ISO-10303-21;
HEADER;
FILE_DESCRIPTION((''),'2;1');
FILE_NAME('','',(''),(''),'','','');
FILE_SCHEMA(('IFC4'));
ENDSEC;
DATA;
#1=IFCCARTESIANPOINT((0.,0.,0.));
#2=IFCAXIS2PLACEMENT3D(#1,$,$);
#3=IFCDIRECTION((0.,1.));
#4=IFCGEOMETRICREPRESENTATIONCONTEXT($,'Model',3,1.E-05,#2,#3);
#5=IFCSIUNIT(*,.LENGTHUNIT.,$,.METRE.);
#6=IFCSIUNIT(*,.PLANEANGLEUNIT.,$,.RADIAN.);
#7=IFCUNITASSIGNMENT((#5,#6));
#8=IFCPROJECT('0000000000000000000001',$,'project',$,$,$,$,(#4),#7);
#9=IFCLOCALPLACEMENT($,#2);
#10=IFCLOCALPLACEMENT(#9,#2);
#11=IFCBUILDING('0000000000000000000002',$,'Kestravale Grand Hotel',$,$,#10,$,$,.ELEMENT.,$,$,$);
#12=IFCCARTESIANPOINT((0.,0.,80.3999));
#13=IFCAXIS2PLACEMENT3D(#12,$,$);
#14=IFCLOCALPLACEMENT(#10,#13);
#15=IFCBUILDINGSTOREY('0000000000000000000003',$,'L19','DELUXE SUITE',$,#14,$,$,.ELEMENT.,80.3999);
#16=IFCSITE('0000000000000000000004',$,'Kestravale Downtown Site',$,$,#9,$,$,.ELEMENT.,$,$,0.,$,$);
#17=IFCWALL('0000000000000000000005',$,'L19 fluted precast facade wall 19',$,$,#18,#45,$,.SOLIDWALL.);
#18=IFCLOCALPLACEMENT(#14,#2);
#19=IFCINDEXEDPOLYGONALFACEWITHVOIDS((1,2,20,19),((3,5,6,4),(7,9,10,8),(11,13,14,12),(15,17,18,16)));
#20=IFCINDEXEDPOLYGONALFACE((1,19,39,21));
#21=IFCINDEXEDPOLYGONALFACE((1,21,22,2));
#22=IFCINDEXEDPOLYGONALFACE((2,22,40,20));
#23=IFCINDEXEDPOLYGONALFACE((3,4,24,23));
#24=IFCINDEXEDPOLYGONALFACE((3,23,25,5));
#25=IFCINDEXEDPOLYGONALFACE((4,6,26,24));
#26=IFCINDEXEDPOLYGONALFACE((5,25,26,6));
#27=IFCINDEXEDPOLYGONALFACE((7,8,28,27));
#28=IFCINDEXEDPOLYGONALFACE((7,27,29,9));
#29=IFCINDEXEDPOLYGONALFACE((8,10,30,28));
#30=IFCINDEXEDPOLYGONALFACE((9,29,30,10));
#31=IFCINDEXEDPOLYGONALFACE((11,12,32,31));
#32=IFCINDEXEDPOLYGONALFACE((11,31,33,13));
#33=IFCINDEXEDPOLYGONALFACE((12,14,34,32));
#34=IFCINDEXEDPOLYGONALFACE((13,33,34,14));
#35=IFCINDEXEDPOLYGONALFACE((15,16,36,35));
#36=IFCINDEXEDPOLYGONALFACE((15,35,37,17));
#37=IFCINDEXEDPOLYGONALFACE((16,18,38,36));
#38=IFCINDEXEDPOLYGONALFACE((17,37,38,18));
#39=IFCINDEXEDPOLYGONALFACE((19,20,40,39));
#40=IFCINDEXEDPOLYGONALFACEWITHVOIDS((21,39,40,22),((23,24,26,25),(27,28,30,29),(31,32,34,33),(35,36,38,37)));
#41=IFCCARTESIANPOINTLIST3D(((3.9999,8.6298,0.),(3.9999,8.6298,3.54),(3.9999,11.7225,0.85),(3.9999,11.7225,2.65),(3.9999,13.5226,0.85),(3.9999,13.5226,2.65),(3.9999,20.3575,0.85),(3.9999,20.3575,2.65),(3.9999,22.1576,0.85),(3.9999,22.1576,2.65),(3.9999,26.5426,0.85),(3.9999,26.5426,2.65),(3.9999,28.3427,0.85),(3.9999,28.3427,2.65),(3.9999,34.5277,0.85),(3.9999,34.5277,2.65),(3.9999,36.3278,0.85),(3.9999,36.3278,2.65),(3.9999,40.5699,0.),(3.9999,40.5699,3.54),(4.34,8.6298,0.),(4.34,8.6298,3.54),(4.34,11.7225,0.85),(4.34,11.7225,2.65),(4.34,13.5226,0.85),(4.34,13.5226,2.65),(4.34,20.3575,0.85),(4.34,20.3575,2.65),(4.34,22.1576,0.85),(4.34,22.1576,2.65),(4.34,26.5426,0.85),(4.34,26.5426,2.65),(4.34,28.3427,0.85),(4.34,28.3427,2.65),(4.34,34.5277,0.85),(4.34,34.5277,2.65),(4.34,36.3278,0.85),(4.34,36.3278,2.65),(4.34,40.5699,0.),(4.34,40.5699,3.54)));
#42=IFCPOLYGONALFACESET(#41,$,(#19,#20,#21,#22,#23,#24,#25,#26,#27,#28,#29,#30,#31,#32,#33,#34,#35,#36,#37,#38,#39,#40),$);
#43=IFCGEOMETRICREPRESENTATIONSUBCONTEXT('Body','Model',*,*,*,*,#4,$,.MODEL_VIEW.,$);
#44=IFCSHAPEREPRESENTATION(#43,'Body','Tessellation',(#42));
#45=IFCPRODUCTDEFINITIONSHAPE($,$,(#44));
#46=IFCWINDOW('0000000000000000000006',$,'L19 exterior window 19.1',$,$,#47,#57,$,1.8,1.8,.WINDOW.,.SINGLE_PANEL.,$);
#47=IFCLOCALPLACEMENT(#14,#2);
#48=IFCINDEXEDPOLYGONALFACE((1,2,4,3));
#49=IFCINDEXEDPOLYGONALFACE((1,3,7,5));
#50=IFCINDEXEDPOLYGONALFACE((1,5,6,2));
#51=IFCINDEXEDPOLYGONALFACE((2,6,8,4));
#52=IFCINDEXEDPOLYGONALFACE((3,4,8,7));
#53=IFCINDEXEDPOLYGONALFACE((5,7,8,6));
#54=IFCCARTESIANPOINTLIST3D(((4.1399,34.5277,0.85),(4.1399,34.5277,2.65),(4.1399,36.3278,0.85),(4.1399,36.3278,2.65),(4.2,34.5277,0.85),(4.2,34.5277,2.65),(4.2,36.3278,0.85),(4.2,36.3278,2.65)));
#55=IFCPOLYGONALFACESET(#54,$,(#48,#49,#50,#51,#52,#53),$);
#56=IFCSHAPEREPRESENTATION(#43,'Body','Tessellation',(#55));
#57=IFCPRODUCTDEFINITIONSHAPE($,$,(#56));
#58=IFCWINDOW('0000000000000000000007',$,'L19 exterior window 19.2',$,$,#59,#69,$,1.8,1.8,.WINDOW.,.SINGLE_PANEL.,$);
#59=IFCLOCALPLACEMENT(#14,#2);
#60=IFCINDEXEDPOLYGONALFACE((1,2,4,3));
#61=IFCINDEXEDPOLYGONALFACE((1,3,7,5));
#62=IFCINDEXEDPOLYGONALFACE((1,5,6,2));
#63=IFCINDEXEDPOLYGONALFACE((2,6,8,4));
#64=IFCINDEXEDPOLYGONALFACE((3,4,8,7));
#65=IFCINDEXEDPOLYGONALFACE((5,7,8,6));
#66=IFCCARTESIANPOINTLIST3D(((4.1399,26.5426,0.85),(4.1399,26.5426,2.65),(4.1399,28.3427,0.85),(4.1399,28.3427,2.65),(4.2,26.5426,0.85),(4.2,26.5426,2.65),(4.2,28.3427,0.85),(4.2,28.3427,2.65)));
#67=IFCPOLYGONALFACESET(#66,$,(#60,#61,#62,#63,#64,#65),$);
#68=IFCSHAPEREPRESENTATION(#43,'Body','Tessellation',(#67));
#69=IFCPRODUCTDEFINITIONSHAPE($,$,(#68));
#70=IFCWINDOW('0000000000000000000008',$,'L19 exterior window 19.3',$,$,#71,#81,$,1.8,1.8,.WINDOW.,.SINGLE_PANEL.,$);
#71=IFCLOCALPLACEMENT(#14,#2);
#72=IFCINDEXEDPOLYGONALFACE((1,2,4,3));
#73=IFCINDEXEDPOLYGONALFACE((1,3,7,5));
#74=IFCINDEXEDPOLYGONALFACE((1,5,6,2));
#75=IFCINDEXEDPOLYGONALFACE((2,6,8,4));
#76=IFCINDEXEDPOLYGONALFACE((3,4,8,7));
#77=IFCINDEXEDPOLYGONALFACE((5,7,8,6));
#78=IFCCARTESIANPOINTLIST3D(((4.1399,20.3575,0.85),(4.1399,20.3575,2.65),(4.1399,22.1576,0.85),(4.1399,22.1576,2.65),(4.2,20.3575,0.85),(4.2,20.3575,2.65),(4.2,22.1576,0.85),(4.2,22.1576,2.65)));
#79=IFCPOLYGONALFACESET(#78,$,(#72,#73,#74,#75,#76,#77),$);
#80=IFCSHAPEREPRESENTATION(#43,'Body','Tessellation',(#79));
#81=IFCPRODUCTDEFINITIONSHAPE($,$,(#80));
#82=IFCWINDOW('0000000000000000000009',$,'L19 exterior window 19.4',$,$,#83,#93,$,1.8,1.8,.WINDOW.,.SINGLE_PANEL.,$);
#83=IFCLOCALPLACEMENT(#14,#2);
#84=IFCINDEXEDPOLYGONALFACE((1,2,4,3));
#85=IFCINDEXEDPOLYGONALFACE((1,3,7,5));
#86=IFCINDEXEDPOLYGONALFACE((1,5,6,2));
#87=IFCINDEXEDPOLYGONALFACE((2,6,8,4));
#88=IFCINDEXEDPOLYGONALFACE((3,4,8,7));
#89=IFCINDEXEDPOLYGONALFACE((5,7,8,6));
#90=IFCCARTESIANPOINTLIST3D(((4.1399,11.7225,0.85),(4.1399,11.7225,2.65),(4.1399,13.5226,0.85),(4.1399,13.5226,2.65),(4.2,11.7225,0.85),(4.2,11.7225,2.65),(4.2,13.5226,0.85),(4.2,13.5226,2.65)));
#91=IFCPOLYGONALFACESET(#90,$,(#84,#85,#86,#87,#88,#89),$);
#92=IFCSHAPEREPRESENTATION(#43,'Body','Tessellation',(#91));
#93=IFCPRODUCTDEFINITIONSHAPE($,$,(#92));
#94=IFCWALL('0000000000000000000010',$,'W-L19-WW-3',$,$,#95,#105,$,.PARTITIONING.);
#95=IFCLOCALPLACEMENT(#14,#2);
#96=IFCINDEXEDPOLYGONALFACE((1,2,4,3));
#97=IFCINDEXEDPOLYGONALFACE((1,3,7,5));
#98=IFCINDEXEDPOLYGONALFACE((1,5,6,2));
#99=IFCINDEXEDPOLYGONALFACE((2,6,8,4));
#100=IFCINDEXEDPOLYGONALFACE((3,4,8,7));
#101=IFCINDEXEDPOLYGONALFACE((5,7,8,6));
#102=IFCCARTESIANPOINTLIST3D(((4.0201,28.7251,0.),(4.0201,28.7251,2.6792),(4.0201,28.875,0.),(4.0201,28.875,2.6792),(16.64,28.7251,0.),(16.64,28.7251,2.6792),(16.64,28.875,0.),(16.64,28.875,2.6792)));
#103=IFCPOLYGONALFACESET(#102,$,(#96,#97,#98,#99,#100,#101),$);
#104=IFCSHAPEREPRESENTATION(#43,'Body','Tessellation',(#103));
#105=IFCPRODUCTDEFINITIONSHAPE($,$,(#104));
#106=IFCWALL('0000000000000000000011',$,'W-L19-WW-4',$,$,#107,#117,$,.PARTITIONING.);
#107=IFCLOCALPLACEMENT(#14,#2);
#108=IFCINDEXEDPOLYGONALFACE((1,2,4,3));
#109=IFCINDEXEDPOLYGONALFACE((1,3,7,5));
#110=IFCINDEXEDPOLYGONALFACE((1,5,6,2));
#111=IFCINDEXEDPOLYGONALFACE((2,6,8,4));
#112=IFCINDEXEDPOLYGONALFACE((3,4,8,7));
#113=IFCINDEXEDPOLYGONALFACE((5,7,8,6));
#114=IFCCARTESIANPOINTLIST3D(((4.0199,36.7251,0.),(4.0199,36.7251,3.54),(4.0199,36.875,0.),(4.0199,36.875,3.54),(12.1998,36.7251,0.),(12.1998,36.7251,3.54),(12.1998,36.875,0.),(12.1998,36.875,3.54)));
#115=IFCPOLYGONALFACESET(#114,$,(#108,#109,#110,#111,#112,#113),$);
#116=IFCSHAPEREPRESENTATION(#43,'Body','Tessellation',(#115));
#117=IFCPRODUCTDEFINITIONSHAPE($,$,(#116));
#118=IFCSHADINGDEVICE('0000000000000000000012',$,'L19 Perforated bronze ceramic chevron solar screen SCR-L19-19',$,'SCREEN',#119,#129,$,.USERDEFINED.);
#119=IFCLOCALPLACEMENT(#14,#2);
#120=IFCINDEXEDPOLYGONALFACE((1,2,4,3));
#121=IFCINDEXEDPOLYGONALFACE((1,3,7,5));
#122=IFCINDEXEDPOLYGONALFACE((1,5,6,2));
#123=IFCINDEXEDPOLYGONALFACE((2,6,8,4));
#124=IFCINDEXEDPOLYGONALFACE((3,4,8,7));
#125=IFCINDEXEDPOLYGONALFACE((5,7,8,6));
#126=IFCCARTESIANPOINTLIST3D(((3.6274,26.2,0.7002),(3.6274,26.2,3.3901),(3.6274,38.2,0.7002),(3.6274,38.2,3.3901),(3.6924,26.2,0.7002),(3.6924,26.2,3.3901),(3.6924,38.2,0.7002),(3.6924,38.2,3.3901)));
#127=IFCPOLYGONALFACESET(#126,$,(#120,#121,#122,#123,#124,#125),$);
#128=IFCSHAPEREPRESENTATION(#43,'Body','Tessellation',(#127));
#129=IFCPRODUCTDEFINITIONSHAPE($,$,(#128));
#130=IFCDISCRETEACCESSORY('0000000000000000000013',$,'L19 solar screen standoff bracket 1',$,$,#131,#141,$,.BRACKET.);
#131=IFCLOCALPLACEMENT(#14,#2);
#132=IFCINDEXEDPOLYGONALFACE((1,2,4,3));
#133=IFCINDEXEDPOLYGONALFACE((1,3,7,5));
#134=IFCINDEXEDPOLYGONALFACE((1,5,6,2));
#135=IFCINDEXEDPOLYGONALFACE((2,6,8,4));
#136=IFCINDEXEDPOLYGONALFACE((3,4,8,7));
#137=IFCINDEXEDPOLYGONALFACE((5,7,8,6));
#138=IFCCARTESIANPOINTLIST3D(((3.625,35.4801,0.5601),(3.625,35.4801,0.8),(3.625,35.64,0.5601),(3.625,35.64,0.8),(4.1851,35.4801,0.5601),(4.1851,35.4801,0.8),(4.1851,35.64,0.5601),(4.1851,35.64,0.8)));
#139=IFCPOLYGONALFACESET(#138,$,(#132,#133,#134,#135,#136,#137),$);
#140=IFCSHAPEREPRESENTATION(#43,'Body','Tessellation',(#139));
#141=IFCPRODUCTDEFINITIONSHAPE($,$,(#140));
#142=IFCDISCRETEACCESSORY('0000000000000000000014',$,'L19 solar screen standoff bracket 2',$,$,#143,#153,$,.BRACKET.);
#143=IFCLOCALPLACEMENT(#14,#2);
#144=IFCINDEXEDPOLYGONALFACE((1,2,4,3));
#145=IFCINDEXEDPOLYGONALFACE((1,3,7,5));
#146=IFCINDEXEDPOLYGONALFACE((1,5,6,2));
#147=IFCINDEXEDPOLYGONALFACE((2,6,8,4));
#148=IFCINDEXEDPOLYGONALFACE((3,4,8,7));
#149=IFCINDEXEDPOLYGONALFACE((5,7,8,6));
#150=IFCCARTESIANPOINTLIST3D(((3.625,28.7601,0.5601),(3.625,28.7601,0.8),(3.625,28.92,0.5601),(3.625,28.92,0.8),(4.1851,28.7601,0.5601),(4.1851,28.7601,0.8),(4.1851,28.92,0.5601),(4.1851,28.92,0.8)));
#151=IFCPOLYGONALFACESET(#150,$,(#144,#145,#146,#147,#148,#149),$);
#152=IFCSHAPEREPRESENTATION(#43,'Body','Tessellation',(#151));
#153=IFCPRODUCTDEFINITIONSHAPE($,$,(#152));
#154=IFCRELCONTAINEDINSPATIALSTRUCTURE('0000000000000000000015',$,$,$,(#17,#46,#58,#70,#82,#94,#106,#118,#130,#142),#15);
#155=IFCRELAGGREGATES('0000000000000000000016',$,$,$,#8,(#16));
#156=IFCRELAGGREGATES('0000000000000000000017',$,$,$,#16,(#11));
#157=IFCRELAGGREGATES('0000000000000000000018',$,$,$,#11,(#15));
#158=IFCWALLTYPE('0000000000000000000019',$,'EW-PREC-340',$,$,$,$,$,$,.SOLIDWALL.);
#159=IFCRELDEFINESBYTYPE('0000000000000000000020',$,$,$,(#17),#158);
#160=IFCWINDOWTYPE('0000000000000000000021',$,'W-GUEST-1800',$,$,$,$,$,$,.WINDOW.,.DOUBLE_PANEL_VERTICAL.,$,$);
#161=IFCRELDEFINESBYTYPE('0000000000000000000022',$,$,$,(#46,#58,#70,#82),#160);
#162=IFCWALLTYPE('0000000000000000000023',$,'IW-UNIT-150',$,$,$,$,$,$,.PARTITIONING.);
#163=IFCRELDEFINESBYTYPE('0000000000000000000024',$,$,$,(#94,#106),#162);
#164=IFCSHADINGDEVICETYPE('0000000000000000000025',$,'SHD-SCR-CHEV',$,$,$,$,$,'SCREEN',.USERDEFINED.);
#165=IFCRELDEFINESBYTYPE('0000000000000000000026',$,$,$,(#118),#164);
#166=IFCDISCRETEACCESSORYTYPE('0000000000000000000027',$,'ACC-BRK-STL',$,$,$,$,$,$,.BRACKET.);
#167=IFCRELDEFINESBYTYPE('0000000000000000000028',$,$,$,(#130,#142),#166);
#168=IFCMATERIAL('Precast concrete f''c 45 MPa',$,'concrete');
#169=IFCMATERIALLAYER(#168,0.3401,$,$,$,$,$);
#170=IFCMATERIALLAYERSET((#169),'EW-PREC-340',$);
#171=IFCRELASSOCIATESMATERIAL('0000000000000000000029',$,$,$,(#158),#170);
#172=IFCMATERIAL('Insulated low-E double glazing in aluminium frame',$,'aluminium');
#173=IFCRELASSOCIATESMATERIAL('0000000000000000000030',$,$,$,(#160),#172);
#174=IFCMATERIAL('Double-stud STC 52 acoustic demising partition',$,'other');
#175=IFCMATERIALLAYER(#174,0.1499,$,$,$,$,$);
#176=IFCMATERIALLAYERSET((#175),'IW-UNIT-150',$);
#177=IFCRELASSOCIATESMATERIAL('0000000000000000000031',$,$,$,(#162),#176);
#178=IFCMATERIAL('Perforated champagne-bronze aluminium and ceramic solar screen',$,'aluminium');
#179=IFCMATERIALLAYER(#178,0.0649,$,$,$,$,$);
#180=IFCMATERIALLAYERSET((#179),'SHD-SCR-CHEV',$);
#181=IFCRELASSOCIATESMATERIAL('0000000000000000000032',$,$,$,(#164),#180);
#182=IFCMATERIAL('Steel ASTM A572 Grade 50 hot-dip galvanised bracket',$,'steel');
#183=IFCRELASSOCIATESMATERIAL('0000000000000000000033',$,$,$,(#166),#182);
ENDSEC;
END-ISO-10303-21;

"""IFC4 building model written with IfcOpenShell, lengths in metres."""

from ifc_helpers import new_model, si_unit, direction, frame, frame_2d, origin, origin_2d, place, context, subcontext, project, spatial, rectangle, extrude, material, layer, layer_set, type_object, element, fill, save


model = new_model("IFC4")

# Units and contexts
model_context = context("Model", 3, precision=1e-05, world=origin(), true_north=direction((0.0, 1.0)))
body_context = subcontext(model_context, "Body", "Model", "MODEL_VIEW")
ifc_project = project(units=[si_unit("LENGTHUNIT", "METRE"), si_unit("PLANEANGLEUNIT", "RADIAN")], contexts=[model_context])

# Site, building, storey
site_placement = place(None, origin())
site = spatial("IfcSite", under=ifc_project, at=site_placement, Name="Kestravale Downtown Site", CompositionType="ELEMENT", RefElevation=0.0)
building_placement = place(site_placement, origin())
building = spatial("IfcBuilding", under=site, at=building_placement, Name="Kestravale Grand Hotel", CompositionType="ELEMENT")
storey_placement = place(building_placement, frame((0.0, 0.0, 80.3999)))
storey = spatial("IfcBuildingStorey", under=building, at=storey_placement, Name="L19", Description="DELUXE SUITE", CompositionType="ELEMENT", Elevation=80.3999)

# Wall, openings, windows
ifc_material_1 = material(Name="Precast concrete f'c 45 MPa", Category="concrete")
ifc_layer_1 = layer(ifc_material_1, 0.3401)
ifc_layer_set_1 = layer_set([ifc_layer_1], Name="EW-PREC-340")
wall_type_1 = type_object("IfcWallType", Name="EW-PREC-340", PredefinedType="SOLIDWALL", material=ifc_layer_set_1)
wall_1_placement = place(storey_placement, frame((4.1699, 40.5701, 0.0), z_axis=(0.0, 0.0, 1.0), x_axis=(0.0, -1.0, 0.0)))
wall_1 = element("IfcWall", 1, at=wall_1_placement, inside=storey, type_object=wall_type_1, Name="L19 fluted precast facade wall 19", PredefinedType="SOLIDWALL", context=body_context, shape_type="SweptSolid", body=[
    extrude(rectangle(XDim=31.9402, YDim=0.3401, at=frame_2d((15.9702, 0.0))), origin(), (0.0, 0.0, 1.0), 3.54),
])
opening_1_placement = place(wall_1_placement, frame((4.2424, 0.0, 0.8501)))
opening_1 = element("IfcOpeningElement", 2, at=opening_1_placement, cuts=wall_1, PredefinedType="OPENING", context=body_context, shape_type="SweptSolid", body=[
    extrude(rectangle(XDim=1.8, YDim=1.8, at=frame_2d((0.8999, 0.8999))), frame((0.0, 0.1799, 0.0), z_axis=(0.0, -1.0, 0.0), x_axis=(1.0, 0.0, 0.0)), (0.0, 0.0, 1.0), 0.3601),
])
opening_2_placement = place(wall_1_placement, frame((12.2275, 0.0, 0.8501)))
opening_2 = element("IfcOpeningElement", 3, at=opening_2_placement, cuts=wall_1, PredefinedType="OPENING", context=body_context, shape_type="SweptSolid", body=[
    extrude(rectangle(XDim=1.8, YDim=1.8, at=frame_2d((0.8999, 0.8999))), frame((0.0, 0.1799, 0.0), z_axis=(0.0, -1.0, 0.0), x_axis=(1.0, 0.0, 0.0)), (0.0, 0.0, 1.0), 0.3601),
])
opening_3_placement = place(wall_1_placement, frame((18.4126, 0.0, 0.8501)))
opening_3 = element("IfcOpeningElement", 4, at=opening_3_placement, cuts=wall_1, PredefinedType="OPENING", context=body_context, shape_type="SweptSolid", body=[
    extrude(rectangle(XDim=1.8, YDim=1.8, at=frame_2d((0.8999, 0.8999))), frame((0.0, 0.1799, 0.0), z_axis=(0.0, -1.0, 0.0), x_axis=(1.0, 0.0, 0.0)), (0.0, 0.0, 1.0), 0.3601),
])
opening_4_placement = place(wall_1_placement, frame((27.0476, 0.0, 0.8501)))
opening_4 = element("IfcOpeningElement", 5, at=opening_4_placement, cuts=wall_1, PredefinedType="OPENING", context=body_context, shape_type="SweptSolid", body=[
    extrude(rectangle(XDim=1.8, YDim=1.8, at=frame_2d((0.8999, 0.8999))), frame((0.0, 0.1799, 0.0), z_axis=(0.0, -1.0, 0.0), x_axis=(1.0, 0.0, 0.0)), (0.0, 0.0, 1.0), 0.3601),
])
ifc_material_2 = material(Name="Insulated low-E double glazing in aluminium frame", Category="aluminium")
window_type = type_object("IfcWindowType", Name="W-GUEST-1800", PartitioningType="DOUBLE_PANEL_VERTICAL", PredefinedType="WINDOW", material=ifc_material_2)
window_1_placement = place(opening_1_placement, origin())
window_1 = element("IfcWindow", 6, at=window_1_placement, inside=storey, type_object=window_type, Name="L19 exterior window 19.1", OverallHeight=1.8, OverallWidth=1.8, PartitioningType="SINGLE_PANEL", PredefinedType="WINDOW", context=body_context, shape_type="SweptSolid", body=[
    extrude(rectangle(XDim=1.8, YDim=1.8, at=frame_2d((0.8999, 0.8999))), frame((0.0, 0.03, 0.0), z_axis=(0.0, -1.0, 0.0), x_axis=(1.0, 0.0, 0.0)), (0.0, 0.0, 1.0), 0.0601),
])
fill(opening_1, window_1)
window_2_placement = place(opening_2_placement, origin())
window_2 = element("IfcWindow", 7, at=window_2_placement, inside=storey, type_object=window_type, Name="L19 exterior window 19.2", OverallHeight=1.8, OverallWidth=1.8, PartitioningType="SINGLE_PANEL", PredefinedType="WINDOW", context=body_context, shape_type="SweptSolid", body=[
    extrude(rectangle(XDim=1.8, YDim=1.8, at=frame_2d((0.8999, 0.8999))), frame((0.0, 0.03, 0.0), z_axis=(0.0, -1.0, 0.0), x_axis=(1.0, 0.0, 0.0)), (0.0, 0.0, 1.0), 0.0601),
])
fill(opening_2, window_2)
window_3_placement = place(opening_3_placement, origin())
window_3 = element("IfcWindow", 8, at=window_3_placement, inside=storey, type_object=window_type, Name="L19 exterior window 19.3", OverallHeight=1.8, OverallWidth=1.8, PartitioningType="SINGLE_PANEL", PredefinedType="WINDOW", context=body_context, shape_type="SweptSolid", body=[
    extrude(rectangle(XDim=1.8, YDim=1.8, at=frame_2d((0.8999, 0.8999))), frame((0.0, 0.03, 0.0), z_axis=(0.0, -1.0, 0.0), x_axis=(1.0, 0.0, 0.0)), (0.0, 0.0, 1.0), 0.0601),
])
fill(opening_3, window_3)
window_4_placement = place(opening_4_placement, origin())
window_4 = element("IfcWindow", 9, at=window_4_placement, inside=storey, type_object=window_type, Name="L19 exterior window 19.4", OverallHeight=1.8, OverallWidth=1.8, PartitioningType="SINGLE_PANEL", PredefinedType="WINDOW", context=body_context, shape_type="SweptSolid", body=[
    extrude(rectangle(XDim=1.8, YDim=1.8, at=frame_2d((0.8999, 0.8999))), frame((0.0, 0.03, 0.0), z_axis=(0.0, -1.0, 0.0), x_axis=(1.0, 0.0, 0.0)), (0.0, 0.0, 1.0), 0.0601),
])
fill(opening_4, window_4)

# Walls
ifc_material_3 = material(Name="Double-stud STC 52 acoustic demising partition", Category="other")
ifc_layer_2 = layer(ifc_material_3, 0.1499)
ifc_layer_set_2 = layer_set([ifc_layer_2], Name="IW-UNIT-150")
wall_type_2 = type_object("IfcWallType", Name="IW-UNIT-150", PredefinedType="PARTITIONING", material=ifc_layer_set_2)
wall_2_placement = place(storey_placement, frame((4.02, 28.8, 0.0), z_axis=(0.0, 0.0, 1.0), x_axis=(1.0, 0.0, 0.0)))
element("IfcWall", 10, at=wall_2_placement, inside=storey, type_object=wall_type_2, Name="W-L19-WW-3", PredefinedType="PARTITIONING", context=body_context, shape_type="SweptSolid", body=[
    extrude(rectangle(XDim=12.6199, YDim=0.1499, at=frame_2d((6.3101, 0.0))), origin(), (0.0, 0.0, 1.0), 2.6792),
])
wall_3_placement = place(storey_placement, frame((4.02, 36.8, 0.0), z_axis=(0.0, 0.0, 1.0), x_axis=(1.0, 0.0, 0.0)))
element("IfcWall", 11, at=wall_3_placement, inside=storey, type_object=wall_type_2, Name="W-L19-WW-4", PredefinedType="PARTITIONING", context=body_context, shape_type="SweptSolid", body=[
    extrude(rectangle(XDim=8.1799, YDim=0.1499, at=frame_2d((4.0898, 0.0))), origin(), (0.0, 0.0, 1.0), 3.54),
])

# Shading device
ifc_material_4 = material(Name="Perforated champagne-bronze aluminium and ceramic solar screen", Category="aluminium")
ifc_layer_3 = layer(ifc_material_4, 0.0649)
ifc_layer_set_3 = layer_set([ifc_layer_3], Name="SHD-SCR-CHEV")
shading_device_type = type_object("IfcShadingDeviceType", Name="SHD-SCR-CHEV", ElementType="SCREEN", PredefinedType="USERDEFINED", material=ifc_layer_set_3)
shading_device_placement = place(storey_placement, frame((3.6599, 32.2, 0.7002), z_axis=(0.0, 0.0, 1.0), x_axis=(0.0, -1.0, 0.0)))
element("IfcShadingDevice", 12, at=shading_device_placement, inside=storey, type_object=shading_device_type, Name="L19 Perforated bronze ceramic chevron solar screen SCR-L19-19", ObjectType="SCREEN", PredefinedType="USERDEFINED", context=body_context, shape_type="SweptSolid", body=[
    extrude(rectangle(XDim=12.0, YDim=0.0649, at=origin_2d()), origin(), (0.0, 0.0, 1.0), 2.6899),
])

# Discrete accessories
ifc_material_5 = material(Name="Steel ASTM A572 Grade 50 hot-dip galvanised bracket", Category="steel")
discrete_accessory_type = type_object("IfcDiscreteAccessoryType", Name="ACC-BRK-STL", PredefinedType="BRACKET", material=ifc_material_5)
for number, where, z_axis, x_axis, name in (
    (13, (3.905, 35.5601, 0.5601), (0.0, 0.0, 1.0), (0.0, -1.0, 0.0), "L19 solar screen standoff bracket 1"),
    (14, (3.905, 28.8401, 0.5601), (0.0, 0.0, 1.0), (0.0, -1.0, 0.0), "L19 solar screen standoff bracket 2"),
):
    element("IfcDiscreteAccessory", number, at=place(storey_placement, frame(where, z_axis=z_axis, x_axis=x_axis)), inside=storey, type_object=discrete_accessory_type, Name=name, PredefinedType="BRACKET", context=body_context, shape_type="SweptSolid", body=[
        extrude(rectangle(XDim=0.1599, YDim=0.5601, at=origin_2d()), origin(), (0.0, 0.0, 1.0), 0.24),
    ])

save(model, "model.ifc")
